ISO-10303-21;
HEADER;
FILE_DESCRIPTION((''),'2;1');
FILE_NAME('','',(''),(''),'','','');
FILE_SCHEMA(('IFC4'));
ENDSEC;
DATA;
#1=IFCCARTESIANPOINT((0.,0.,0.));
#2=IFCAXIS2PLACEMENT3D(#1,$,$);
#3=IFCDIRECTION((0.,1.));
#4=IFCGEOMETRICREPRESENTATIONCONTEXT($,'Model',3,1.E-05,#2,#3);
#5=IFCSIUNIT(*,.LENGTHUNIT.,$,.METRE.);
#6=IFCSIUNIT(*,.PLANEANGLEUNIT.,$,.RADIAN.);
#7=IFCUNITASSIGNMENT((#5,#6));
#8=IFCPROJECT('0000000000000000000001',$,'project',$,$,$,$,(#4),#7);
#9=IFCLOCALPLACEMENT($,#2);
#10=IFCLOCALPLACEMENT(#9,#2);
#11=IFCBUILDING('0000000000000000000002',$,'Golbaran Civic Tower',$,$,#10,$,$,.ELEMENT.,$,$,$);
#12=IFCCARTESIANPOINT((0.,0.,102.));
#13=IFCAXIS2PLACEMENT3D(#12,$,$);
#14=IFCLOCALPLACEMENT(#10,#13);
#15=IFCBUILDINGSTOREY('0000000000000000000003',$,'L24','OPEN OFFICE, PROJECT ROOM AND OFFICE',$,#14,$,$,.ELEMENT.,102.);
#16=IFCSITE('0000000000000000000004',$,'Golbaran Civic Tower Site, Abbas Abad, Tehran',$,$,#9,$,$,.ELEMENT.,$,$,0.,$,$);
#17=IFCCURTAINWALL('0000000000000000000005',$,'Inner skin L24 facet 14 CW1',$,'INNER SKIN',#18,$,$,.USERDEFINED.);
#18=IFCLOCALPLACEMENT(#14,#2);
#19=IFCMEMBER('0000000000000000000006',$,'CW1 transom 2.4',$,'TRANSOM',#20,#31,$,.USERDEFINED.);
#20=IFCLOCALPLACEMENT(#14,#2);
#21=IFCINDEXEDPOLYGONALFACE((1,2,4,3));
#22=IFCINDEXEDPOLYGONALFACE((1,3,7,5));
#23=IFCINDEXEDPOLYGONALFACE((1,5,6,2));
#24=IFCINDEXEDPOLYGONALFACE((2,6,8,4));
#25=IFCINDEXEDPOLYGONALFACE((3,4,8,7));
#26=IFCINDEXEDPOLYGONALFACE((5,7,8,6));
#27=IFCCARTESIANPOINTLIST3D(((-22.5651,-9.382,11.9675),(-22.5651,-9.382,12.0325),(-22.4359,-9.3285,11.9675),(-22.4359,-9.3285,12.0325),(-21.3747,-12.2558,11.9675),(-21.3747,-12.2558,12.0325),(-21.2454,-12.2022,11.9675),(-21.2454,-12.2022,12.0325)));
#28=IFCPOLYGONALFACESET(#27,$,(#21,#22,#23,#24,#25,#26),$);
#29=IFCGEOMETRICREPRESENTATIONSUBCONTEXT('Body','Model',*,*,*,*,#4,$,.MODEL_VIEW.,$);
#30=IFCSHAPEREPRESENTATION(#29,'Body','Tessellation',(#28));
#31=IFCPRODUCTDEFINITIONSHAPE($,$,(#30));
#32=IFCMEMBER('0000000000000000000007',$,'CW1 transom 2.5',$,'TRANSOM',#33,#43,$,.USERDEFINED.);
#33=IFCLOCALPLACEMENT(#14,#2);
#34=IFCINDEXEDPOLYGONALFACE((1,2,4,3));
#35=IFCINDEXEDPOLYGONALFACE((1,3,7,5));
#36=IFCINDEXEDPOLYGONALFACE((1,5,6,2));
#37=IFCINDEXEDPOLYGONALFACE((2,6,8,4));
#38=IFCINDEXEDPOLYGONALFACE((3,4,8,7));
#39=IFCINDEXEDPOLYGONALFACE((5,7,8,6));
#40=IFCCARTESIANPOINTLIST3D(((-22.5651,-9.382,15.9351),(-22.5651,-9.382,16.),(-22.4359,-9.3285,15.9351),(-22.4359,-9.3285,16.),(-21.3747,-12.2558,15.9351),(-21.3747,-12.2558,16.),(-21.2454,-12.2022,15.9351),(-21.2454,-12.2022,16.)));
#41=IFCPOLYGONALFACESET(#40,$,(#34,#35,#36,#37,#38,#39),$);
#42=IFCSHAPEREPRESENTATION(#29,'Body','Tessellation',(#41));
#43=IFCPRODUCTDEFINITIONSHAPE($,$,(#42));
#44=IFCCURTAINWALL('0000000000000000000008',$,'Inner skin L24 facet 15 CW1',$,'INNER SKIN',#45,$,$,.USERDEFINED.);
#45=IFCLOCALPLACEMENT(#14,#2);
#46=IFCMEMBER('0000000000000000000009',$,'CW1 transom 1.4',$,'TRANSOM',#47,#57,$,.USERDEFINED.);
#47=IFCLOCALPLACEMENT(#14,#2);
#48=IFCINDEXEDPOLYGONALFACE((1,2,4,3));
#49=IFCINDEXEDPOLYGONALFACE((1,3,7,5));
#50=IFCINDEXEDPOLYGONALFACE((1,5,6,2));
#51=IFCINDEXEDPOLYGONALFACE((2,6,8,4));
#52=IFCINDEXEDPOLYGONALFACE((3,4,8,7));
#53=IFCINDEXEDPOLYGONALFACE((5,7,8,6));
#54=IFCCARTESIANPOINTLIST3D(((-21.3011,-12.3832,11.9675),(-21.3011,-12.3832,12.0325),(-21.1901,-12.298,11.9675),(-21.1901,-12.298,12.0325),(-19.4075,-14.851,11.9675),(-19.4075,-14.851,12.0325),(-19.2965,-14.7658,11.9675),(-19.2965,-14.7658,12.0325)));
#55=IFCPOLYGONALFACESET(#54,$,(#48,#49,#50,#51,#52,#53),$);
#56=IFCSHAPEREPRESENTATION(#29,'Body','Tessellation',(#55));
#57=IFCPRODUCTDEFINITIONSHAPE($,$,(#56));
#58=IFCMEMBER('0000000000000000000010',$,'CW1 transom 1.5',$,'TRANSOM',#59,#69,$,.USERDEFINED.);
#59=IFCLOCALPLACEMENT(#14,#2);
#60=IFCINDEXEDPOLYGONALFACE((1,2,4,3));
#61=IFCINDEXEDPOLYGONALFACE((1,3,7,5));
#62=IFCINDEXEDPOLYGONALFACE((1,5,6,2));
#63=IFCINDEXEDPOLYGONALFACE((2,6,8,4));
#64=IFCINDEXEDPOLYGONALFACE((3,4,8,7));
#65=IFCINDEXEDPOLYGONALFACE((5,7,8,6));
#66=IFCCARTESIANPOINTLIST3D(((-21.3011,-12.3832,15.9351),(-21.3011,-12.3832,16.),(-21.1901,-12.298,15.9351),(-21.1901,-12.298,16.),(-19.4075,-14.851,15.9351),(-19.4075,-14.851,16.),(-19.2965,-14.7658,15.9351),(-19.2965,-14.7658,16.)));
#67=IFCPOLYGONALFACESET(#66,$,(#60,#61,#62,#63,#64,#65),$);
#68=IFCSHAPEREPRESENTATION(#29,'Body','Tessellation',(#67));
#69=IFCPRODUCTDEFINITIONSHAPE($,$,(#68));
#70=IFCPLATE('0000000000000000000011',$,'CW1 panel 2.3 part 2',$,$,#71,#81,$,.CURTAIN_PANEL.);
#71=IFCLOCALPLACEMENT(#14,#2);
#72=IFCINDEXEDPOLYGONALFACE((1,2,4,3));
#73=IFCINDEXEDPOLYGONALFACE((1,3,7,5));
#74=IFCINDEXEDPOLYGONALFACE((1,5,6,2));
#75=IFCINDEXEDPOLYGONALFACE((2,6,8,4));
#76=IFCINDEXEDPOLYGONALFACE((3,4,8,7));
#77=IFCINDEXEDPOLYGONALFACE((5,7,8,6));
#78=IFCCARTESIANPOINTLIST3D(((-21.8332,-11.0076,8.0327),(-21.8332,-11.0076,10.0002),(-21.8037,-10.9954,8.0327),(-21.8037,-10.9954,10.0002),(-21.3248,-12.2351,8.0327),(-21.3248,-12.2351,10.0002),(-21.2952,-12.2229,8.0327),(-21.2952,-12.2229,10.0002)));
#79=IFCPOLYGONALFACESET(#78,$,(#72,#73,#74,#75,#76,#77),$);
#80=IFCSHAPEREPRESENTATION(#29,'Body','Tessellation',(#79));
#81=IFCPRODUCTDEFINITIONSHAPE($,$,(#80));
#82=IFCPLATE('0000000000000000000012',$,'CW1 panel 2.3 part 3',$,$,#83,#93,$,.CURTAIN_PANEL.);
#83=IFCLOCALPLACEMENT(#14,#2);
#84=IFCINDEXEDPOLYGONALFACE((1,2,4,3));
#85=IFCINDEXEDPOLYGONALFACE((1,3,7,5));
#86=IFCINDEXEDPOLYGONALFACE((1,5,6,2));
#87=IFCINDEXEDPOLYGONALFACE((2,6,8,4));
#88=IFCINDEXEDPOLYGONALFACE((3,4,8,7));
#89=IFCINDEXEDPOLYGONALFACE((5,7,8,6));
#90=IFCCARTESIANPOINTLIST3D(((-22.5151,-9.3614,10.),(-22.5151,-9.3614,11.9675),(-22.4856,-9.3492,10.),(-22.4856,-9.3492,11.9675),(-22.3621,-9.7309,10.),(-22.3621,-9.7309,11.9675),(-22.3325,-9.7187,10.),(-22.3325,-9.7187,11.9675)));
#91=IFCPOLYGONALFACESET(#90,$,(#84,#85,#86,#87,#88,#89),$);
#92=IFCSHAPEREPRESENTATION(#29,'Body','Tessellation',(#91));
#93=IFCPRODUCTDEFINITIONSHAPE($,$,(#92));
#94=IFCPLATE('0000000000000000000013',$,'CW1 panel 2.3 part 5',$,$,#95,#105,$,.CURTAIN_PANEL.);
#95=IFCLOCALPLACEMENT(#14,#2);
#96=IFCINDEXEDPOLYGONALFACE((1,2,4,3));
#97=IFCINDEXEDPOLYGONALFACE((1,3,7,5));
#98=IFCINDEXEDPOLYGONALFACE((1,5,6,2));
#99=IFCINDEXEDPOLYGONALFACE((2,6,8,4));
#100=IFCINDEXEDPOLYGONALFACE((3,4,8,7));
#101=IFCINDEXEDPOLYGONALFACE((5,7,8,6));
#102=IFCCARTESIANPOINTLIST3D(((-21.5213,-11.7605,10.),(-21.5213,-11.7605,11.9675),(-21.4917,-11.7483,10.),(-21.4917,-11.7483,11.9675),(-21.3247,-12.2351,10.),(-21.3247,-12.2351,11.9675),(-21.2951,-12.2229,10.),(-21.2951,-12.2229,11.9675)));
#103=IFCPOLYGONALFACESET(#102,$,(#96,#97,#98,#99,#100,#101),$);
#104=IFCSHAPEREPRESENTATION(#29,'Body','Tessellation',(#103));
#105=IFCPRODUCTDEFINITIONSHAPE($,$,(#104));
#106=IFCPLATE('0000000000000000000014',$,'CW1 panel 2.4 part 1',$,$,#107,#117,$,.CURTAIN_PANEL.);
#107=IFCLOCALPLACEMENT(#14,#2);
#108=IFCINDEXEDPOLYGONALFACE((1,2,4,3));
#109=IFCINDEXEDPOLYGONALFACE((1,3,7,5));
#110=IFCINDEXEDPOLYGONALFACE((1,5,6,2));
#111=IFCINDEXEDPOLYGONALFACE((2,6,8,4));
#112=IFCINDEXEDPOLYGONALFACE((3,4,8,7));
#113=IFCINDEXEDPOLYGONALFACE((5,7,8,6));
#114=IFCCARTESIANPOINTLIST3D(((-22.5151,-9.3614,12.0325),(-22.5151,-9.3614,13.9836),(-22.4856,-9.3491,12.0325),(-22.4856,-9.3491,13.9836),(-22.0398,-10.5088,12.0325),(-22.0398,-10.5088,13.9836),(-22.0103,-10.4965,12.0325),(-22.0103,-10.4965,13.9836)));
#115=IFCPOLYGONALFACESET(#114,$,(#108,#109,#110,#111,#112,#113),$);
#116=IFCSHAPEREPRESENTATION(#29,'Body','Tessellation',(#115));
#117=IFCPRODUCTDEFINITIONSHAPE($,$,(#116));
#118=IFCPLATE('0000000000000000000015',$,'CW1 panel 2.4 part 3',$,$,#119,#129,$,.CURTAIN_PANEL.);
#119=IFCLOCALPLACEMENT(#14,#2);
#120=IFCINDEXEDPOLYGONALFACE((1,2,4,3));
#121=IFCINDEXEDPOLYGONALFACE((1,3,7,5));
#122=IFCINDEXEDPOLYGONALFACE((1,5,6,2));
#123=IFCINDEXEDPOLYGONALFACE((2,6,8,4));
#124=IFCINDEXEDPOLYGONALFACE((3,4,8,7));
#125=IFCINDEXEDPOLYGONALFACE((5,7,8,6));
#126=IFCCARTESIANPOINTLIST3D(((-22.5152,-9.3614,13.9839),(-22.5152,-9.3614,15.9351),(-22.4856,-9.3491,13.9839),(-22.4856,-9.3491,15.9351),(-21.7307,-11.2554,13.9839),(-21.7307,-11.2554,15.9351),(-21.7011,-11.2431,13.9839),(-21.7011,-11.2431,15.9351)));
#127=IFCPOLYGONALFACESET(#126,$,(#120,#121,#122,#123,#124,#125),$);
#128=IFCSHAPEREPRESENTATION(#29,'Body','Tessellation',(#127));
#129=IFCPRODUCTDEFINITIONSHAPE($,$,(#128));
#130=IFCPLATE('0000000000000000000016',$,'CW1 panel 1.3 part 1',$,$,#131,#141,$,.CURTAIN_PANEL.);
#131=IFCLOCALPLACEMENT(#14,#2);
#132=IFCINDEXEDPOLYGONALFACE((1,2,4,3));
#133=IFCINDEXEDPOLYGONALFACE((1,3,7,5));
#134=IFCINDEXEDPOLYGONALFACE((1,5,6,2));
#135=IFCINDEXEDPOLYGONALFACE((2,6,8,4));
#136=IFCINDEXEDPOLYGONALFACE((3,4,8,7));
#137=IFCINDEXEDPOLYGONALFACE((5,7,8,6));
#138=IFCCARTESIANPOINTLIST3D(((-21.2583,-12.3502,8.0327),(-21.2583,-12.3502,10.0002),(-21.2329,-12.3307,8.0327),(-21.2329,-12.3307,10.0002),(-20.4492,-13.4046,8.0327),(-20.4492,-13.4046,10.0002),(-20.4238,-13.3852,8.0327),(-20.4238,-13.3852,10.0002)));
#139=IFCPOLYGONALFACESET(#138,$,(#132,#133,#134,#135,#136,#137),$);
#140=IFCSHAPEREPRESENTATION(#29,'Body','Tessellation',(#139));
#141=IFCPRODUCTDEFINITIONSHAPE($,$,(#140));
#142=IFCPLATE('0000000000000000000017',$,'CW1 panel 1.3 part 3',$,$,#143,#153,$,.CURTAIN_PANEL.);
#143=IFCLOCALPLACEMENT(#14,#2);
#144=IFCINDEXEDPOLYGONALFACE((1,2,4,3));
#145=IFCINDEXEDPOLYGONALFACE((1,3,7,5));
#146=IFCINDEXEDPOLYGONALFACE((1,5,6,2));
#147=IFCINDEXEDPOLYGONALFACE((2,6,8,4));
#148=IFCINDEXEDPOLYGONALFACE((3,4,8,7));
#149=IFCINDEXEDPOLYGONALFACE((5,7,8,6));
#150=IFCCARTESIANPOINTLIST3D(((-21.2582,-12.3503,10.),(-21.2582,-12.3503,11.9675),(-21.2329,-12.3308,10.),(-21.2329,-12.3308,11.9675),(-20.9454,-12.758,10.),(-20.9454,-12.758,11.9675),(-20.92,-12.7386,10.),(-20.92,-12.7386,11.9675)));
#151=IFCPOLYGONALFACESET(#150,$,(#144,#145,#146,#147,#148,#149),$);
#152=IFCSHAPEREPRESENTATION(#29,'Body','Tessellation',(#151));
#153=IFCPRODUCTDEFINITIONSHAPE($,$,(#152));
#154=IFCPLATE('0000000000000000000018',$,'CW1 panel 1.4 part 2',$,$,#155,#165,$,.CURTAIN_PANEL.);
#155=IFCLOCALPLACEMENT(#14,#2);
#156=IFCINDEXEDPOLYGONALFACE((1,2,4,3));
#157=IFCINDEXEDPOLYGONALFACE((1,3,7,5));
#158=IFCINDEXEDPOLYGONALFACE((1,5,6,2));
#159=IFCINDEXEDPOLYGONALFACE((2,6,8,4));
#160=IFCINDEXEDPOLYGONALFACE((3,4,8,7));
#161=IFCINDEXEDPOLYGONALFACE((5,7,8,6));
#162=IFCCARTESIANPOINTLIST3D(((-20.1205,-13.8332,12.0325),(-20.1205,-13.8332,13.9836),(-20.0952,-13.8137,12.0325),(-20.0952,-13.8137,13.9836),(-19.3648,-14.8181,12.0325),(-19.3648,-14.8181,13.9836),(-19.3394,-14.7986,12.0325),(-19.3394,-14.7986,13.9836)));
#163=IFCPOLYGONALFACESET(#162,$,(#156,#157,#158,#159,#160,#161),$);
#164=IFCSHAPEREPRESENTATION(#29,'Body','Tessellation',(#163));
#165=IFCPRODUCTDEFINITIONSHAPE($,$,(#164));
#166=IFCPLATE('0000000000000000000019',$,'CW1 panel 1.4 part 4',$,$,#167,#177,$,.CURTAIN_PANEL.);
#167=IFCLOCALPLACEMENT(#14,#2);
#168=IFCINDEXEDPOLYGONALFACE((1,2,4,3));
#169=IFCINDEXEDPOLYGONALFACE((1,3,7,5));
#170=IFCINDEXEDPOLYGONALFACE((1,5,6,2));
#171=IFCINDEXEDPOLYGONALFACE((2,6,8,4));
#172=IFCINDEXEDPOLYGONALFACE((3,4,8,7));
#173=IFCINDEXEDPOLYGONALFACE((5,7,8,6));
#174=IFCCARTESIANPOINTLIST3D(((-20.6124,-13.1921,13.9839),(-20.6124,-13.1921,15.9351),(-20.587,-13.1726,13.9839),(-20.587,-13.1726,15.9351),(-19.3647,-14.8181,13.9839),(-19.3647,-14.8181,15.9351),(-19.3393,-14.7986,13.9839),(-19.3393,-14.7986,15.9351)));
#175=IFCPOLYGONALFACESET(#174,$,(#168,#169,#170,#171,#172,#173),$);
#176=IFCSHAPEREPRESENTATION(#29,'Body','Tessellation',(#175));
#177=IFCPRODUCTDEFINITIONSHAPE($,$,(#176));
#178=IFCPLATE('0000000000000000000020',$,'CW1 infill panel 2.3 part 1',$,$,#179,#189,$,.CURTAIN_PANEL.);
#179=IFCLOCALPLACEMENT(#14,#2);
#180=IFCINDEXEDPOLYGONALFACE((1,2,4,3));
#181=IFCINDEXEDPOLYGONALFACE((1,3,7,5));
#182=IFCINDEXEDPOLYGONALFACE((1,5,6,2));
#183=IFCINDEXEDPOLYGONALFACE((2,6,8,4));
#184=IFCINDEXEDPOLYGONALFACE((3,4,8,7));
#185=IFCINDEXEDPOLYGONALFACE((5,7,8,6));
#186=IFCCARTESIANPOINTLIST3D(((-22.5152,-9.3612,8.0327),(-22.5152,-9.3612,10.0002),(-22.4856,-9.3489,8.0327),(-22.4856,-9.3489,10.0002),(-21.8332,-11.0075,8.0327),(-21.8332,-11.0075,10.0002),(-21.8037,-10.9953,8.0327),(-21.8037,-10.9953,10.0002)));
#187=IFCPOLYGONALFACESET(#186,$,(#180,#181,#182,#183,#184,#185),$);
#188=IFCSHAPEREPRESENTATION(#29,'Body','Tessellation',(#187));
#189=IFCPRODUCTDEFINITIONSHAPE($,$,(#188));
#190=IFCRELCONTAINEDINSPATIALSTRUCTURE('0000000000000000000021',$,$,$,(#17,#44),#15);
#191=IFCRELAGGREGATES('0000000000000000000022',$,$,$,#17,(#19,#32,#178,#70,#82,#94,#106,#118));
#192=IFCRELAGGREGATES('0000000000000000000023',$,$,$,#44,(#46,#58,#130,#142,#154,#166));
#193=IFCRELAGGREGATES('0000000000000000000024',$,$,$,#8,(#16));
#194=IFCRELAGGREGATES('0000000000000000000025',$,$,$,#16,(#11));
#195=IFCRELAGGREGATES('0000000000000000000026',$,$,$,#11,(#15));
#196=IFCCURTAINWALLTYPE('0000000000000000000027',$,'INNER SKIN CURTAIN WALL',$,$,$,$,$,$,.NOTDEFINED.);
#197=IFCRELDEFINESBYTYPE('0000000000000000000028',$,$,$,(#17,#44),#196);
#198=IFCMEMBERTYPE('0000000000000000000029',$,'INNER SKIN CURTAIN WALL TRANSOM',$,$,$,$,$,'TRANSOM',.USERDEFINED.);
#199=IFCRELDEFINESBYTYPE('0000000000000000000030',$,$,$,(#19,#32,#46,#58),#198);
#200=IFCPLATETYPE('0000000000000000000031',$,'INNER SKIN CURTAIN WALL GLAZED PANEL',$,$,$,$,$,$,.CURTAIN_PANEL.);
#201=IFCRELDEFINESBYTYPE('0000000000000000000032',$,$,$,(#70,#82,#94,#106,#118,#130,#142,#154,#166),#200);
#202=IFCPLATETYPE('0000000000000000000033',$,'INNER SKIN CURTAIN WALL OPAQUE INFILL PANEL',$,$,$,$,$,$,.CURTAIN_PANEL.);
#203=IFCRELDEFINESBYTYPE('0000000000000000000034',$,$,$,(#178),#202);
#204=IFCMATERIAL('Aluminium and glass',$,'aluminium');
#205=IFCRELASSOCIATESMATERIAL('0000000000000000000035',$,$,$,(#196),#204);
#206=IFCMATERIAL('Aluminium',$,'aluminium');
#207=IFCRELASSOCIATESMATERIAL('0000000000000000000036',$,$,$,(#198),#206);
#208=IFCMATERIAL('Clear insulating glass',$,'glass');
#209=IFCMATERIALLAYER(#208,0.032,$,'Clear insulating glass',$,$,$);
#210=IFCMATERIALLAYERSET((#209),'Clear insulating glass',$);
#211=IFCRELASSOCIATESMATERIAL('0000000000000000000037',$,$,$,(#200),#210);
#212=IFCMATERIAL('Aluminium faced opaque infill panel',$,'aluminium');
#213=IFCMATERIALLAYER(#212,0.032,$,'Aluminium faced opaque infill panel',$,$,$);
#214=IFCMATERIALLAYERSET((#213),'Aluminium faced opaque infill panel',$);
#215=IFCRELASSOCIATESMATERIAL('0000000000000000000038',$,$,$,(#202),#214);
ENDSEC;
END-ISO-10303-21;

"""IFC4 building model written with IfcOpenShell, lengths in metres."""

from ifc_helpers import new_model, si_unit, direction, frame, origin, origin_2d, place, context, subcontext, project, spatial, rectangle, extrude, material, layer, layer_set, material_profile, profile_set, type_object, element, aggregate, save


model = new_model("IFC4")

# Units and contexts
model_context = context("Model", 3, precision=1e-05, world=origin(), true_north=direction((0.0, 1.0)))
body_context = subcontext(model_context, "Body", "Model", "MODEL_VIEW")
ifc_project = project(units=[si_unit("LENGTHUNIT", "METRE"), si_unit("PLANEANGLEUNIT", "RADIAN")], contexts=[model_context])

# Site, building, storey
site_placement = place(None, origin())
site = spatial("IfcSite", under=ifc_project, at=site_placement, Name="Golbaran Civic Tower Site, Abbas Abad, Tehran", CompositionType="ELEMENT", RefElevation=0.0)
building_placement = place(site_placement, origin())
building = spatial("IfcBuilding", under=site, at=building_placement, Name="Golbaran Civic Tower", CompositionType="ELEMENT")
storey_placement = place(building_placement, frame((0.0, 0.0, 102.0)))
storey = spatial("IfcBuildingStorey", under=building, at=storey_placement, Name="L24", Description="OPEN OFFICE, PROJECT ROOM AND OFFICE", CompositionType="ELEMENT", Elevation=102.0)

# Curtain walls, members
ifc_material_1 = material(Name="Aluminium and glass", Category="aluminium")
curtain_wall_type = type_object("IfcCurtainWallType", Name="INNER SKIN CURTAIN WALL", PredefinedType="NOTDEFINED", material=ifc_material_1)
curtain_wall_1_placement = place(storey_placement, origin())
curtain_wall_1 = element("IfcCurtainWall", 1, at=curtain_wall_1_placement, inside=storey, type_object=curtain_wall_type, Name="Inner skin L24 facet 14 CW1", ObjectType="INNER SKIN", PredefinedType="USERDEFINED")
ifc_material_2 = material(Name="Aluminium", Category="aluminium")
ifc_material_profile = material_profile(ifc_material_2, rectangle(XDim=0.1399, YDim=0.0649, at=origin_2d()), Name="INNER SKIN CURTAIN WALL TRANSOM")
ifc_profile_set = profile_set([ifc_material_profile], Name="Aluminium")
member_type = type_object("IfcMemberType", Name="INNER SKIN CURTAIN WALL TRANSOM", ElementType="TRANSOM", PredefinedType="USERDEFINED", material=ifc_profile_set)
member_1_placement = place(storey_placement, frame((-22.5005, -9.3552, 12.0), z_axis=(0.382703, -0.923871, 0.0), x_axis=(0.923871, 0.382703, 0.0)))
member_1 = element("IfcMember", 2, at=member_1_placement, type_object=member_type, Name="CW1 transom 2.4", ObjectType="TRANSOM", PredefinedType="USERDEFINED", context=body_context, shape_type="SweptSolid", body=[
    extrude(rectangle(XDim=0.1399, YDim=0.0649, at=origin_2d()), origin(), (0.0, 0.0, 1.0), 3.1106),
])
member_2_placement = place(storey_placement, frame((-22.5005, -9.3552, 15.9675), z_axis=(0.382703, -0.923871, 0.0), x_axis=(0.923871, 0.382703, 0.0)))
member_2 = element("IfcMember", 3, at=member_2_placement, type_object=member_type, Name="CW1 transom 2.5", ObjectType="TRANSOM", PredefinedType="USERDEFINED", context=body_context, shape_type="SweptSolid", body=[
    extrude(rectangle(XDim=0.1399, YDim=0.0649, at=origin_2d()), origin(), (0.0, 0.0, 1.0), 3.1106),
])
curtain_wall_2_placement = place(storey_placement, origin())
curtain_wall_2 = element("IfcCurtainWall", 4, at=curtain_wall_2_placement, inside=storey, type_object=curtain_wall_type, Name="Inner skin L24 facet 15 CW1", ObjectType="INNER SKIN", PredefinedType="USERDEFINED")
member_3_placement = place(storey_placement, frame((-21.2456, -12.3406, 12.0), z_axis=(0.608754, -0.793359, 0.0), x_axis=(0.793359, 0.608754, 0.0)))
member_3 = element("IfcMember", 5, at=member_3_placement, type_object=member_type, Name="CW1 transom 1.4", ObjectType="TRANSOM", PredefinedType="USERDEFINED", context=body_context, shape_type="SweptSolid", body=[
    extrude(rectangle(XDim=0.1399, YDim=0.0649, at=origin_2d()), origin(), (0.0, 0.0, 1.0), 3.1106),
])
member_4_placement = place(storey_placement, frame((-21.2456, -12.3406, 15.9675), z_axis=(0.608754, -0.793359, 0.0), x_axis=(0.793359, 0.608754, 0.0)))
member_4 = element("IfcMember", 6, at=member_4_placement, type_object=member_type, Name="CW1 transom 1.5", ObjectType="TRANSOM", PredefinedType="USERDEFINED", context=body_context, shape_type="SweptSolid", body=[
    extrude(rectangle(XDim=0.1399, YDim=0.0649, at=origin_2d()), origin(), (0.0, 0.0, 1.0), 3.1106),
])

# Plates
ifc_material_3 = material(Name="Clear insulating glass", Category="glass")
ifc_layer_1 = layer(ifc_material_3, 0.032, Name="Clear insulating glass")
ifc_layer_set_1 = layer_set([ifc_layer_1], Name="Clear insulating glass")
plate_type_1 = type_object("IfcPlateType", Name="INNER SKIN CURTAIN WALL GLAZED PANEL", PredefinedType="CURTAIN_PANEL", material=ifc_layer_set_1)
plate_1_placement = place(storey_placement, frame((-21.5642, -11.6152, 8.0327), z_axis=(0.0, 0.0, 1.0), x_axis=(0.382683, -0.92388, 0.0)))
plate_1 = element("IfcPlate", 7, at=plate_1_placement, type_object=plate_type_1, Name="CW1 panel 2.3 part 2", PredefinedType="CURTAIN_PANEL", context=body_context, shape_type="SweptSolid", body=[
    extrude(rectangle(XDim=1.3286, YDim=0.032, at=origin_2d()), origin(), (0.0, 0.0, 1.0), 1.9675),
])
plate_2_placement = place(storey_placement, frame((-22.4238, -9.54, 10.0), z_axis=(0.0, 0.0, 1.0), x_axis=(0.382683, -0.92388, 0.0)))
plate_2 = element("IfcPlate", 8, at=plate_2_placement, type_object=plate_type_1, Name="CW1 panel 2.3 part 3", PredefinedType="CURTAIN_PANEL", context=body_context, shape_type="SweptSolid", body=[
    extrude(rectangle(XDim=0.3999, YDim=0.032, at=origin_2d()), origin(), (0.0, 0.0, 1.0), 1.9675),
])
plate_3_placement = place(storey_placement, frame((-21.4082, -11.9917, 10.0), z_axis=(0.0, 0.0, 1.0), x_axis=(0.382683, -0.92388, 0.0)))
plate_3 = element("IfcPlate", 9, at=plate_3_placement, type_object=plate_type_1, Name="CW1 panel 2.3 part 5", PredefinedType="CURTAIN_PANEL", context=body_context, shape_type="SweptSolid", body=[
    extrude(rectangle(XDim=0.5137, YDim=0.032, at=origin_2d()), origin(), (0.0, 0.0, 1.0), 1.9675),
])
plate_4_placement = place(storey_placement, frame((-22.2627, -9.929, 12.0325), z_axis=(0.0, 0.0, 1.0), x_axis=(0.382683, -0.92388, 0.0)))
plate_4 = element("IfcPlate", 10, at=plate_4_placement, type_object=plate_type_1, Name="CW1 panel 2.4 part 1", PredefinedType="CURTAIN_PANEL", context=body_context, shape_type="SweptSolid", body=[
    extrude(rectangle(XDim=1.2419, YDim=0.032, at=origin_2d()), origin(), (0.0, 0.0, 1.0), 1.9512),
])
plate_5_placement = place(storey_placement, frame((-22.1082, -10.3022, 13.9839), z_axis=(0.0, 0.0, 1.0), x_axis=(0.382683, -0.92388, 0.0)))
plate_5 = element("IfcPlate", 11, at=plate_5_placement, type_object=plate_type_1, Name="CW1 panel 2.4 part 3", PredefinedType="CURTAIN_PANEL", context=body_context, shape_type="SweptSolid", body=[
    extrude(rectangle(XDim=2.05, YDim=0.032, at=origin_2d()), origin(), (0.0, 0.0, 1.0), 1.9512),
])
plate_6_placement = place(storey_placement, frame((-20.8411, -12.8677, 8.0327), z_axis=(0.0, 0.0, 1.0), x_axis=(0.608761, -0.793353, 0.0)))
plate_6 = element("IfcPlate", 12, at=plate_6_placement, type_object=plate_type_1, Name="CW1 panel 1.3 part 1", PredefinedType="CURTAIN_PANEL", context=body_context, shape_type="SweptSolid", body=[
    extrude(rectangle(XDim=1.3291, YDim=0.032, at=origin_2d()), origin(), (0.0, 0.0, 1.0), 1.9675),
])
plate_7_placement = place(storey_placement, frame((-21.0891, -12.5444, 10.0), z_axis=(0.0, 0.0, 1.0), x_axis=(0.608761, -0.793353, 0.0)))
plate_7 = element("IfcPlate", 13, at=plate_7_placement, type_object=plate_type_1, Name="CW1 panel 1.3 part 3", PredefinedType="CURTAIN_PANEL", context=body_context, shape_type="SweptSolid", body=[
    extrude(rectangle(XDim=0.5139, YDim=0.032, at=origin_2d()), origin(), (0.0, 0.0, 1.0), 1.9675),
])
plate_8_placement = place(storey_placement, frame((-19.73, -14.3159, 12.0325), z_axis=(0.0, 0.0, 1.0), x_axis=(0.608761, -0.793353, 0.0)))
plate_8 = element("IfcPlate", 14, at=plate_8_placement, type_object=plate_type_1, Name="CW1 panel 1.4 part 2", PredefinedType="CURTAIN_PANEL", context=body_context, shape_type="SweptSolid", body=[
    extrude(rectangle(XDim=1.2415, YDim=0.032, at=origin_2d()), origin(), (0.0, 0.0, 1.0), 1.9512),
])
plate_9_placement = place(storey_placement, frame((-19.9758, -13.9954, 13.9839), z_axis=(0.0, 0.0, 1.0), x_axis=(0.608761, -0.793353, 0.0)))
plate_9 = element("IfcPlate", 15, at=plate_9_placement, type_object=plate_type_1, Name="CW1 panel 1.4 part 4", PredefinedType="CURTAIN_PANEL", context=body_context, shape_type="SweptSolid", body=[
    extrude(rectangle(XDim=2.0496, YDim=0.032, at=origin_2d()), origin(), (0.0, 0.0, 1.0), 1.9512),
])
ifc_material_4 = material(Name="Aluminium faced opaque infill panel", Category="aluminium")
ifc_layer_2 = layer(ifc_material_4, 0.032, Name="Aluminium faced opaque infill panel")
ifc_layer_set_2 = layer_set([ifc_layer_2], Name="Aluminium faced opaque infill panel")
plate_type_2 = type_object("IfcPlateType", Name="INNER SKIN CURTAIN WALL OPAQUE INFILL PANEL", PredefinedType="CURTAIN_PANEL", material=ifc_layer_set_2)
plate_10_placement = place(storey_placement, frame((-22.1594, -10.1782, 8.0327), z_axis=(0.0, 0.0, 1.0), x_axis=(0.382683, -0.92388, 0.0)))
plate_10 = element("IfcPlate", 16, at=plate_10_placement, type_object=plate_type_2, Name="CW1 infill panel 2.3 part 1", PredefinedType="CURTAIN_PANEL", context=body_context, shape_type="SweptSolid", body=[
    extrude(rectangle(XDim=1.782, YDim=0.032, at=origin_2d()), origin(), (0.0, 0.0, 1.0), 1.9675),
])
aggregate(curtain_wall_1, [member_1, member_2, plate_10, plate_1, plate_2, plate_3, plate_4, plate_5])
aggregate(curtain_wall_2, [member_3, member_4, plate_6, plate_7, plate_8, plate_9])

save(model, "model.ifc")
